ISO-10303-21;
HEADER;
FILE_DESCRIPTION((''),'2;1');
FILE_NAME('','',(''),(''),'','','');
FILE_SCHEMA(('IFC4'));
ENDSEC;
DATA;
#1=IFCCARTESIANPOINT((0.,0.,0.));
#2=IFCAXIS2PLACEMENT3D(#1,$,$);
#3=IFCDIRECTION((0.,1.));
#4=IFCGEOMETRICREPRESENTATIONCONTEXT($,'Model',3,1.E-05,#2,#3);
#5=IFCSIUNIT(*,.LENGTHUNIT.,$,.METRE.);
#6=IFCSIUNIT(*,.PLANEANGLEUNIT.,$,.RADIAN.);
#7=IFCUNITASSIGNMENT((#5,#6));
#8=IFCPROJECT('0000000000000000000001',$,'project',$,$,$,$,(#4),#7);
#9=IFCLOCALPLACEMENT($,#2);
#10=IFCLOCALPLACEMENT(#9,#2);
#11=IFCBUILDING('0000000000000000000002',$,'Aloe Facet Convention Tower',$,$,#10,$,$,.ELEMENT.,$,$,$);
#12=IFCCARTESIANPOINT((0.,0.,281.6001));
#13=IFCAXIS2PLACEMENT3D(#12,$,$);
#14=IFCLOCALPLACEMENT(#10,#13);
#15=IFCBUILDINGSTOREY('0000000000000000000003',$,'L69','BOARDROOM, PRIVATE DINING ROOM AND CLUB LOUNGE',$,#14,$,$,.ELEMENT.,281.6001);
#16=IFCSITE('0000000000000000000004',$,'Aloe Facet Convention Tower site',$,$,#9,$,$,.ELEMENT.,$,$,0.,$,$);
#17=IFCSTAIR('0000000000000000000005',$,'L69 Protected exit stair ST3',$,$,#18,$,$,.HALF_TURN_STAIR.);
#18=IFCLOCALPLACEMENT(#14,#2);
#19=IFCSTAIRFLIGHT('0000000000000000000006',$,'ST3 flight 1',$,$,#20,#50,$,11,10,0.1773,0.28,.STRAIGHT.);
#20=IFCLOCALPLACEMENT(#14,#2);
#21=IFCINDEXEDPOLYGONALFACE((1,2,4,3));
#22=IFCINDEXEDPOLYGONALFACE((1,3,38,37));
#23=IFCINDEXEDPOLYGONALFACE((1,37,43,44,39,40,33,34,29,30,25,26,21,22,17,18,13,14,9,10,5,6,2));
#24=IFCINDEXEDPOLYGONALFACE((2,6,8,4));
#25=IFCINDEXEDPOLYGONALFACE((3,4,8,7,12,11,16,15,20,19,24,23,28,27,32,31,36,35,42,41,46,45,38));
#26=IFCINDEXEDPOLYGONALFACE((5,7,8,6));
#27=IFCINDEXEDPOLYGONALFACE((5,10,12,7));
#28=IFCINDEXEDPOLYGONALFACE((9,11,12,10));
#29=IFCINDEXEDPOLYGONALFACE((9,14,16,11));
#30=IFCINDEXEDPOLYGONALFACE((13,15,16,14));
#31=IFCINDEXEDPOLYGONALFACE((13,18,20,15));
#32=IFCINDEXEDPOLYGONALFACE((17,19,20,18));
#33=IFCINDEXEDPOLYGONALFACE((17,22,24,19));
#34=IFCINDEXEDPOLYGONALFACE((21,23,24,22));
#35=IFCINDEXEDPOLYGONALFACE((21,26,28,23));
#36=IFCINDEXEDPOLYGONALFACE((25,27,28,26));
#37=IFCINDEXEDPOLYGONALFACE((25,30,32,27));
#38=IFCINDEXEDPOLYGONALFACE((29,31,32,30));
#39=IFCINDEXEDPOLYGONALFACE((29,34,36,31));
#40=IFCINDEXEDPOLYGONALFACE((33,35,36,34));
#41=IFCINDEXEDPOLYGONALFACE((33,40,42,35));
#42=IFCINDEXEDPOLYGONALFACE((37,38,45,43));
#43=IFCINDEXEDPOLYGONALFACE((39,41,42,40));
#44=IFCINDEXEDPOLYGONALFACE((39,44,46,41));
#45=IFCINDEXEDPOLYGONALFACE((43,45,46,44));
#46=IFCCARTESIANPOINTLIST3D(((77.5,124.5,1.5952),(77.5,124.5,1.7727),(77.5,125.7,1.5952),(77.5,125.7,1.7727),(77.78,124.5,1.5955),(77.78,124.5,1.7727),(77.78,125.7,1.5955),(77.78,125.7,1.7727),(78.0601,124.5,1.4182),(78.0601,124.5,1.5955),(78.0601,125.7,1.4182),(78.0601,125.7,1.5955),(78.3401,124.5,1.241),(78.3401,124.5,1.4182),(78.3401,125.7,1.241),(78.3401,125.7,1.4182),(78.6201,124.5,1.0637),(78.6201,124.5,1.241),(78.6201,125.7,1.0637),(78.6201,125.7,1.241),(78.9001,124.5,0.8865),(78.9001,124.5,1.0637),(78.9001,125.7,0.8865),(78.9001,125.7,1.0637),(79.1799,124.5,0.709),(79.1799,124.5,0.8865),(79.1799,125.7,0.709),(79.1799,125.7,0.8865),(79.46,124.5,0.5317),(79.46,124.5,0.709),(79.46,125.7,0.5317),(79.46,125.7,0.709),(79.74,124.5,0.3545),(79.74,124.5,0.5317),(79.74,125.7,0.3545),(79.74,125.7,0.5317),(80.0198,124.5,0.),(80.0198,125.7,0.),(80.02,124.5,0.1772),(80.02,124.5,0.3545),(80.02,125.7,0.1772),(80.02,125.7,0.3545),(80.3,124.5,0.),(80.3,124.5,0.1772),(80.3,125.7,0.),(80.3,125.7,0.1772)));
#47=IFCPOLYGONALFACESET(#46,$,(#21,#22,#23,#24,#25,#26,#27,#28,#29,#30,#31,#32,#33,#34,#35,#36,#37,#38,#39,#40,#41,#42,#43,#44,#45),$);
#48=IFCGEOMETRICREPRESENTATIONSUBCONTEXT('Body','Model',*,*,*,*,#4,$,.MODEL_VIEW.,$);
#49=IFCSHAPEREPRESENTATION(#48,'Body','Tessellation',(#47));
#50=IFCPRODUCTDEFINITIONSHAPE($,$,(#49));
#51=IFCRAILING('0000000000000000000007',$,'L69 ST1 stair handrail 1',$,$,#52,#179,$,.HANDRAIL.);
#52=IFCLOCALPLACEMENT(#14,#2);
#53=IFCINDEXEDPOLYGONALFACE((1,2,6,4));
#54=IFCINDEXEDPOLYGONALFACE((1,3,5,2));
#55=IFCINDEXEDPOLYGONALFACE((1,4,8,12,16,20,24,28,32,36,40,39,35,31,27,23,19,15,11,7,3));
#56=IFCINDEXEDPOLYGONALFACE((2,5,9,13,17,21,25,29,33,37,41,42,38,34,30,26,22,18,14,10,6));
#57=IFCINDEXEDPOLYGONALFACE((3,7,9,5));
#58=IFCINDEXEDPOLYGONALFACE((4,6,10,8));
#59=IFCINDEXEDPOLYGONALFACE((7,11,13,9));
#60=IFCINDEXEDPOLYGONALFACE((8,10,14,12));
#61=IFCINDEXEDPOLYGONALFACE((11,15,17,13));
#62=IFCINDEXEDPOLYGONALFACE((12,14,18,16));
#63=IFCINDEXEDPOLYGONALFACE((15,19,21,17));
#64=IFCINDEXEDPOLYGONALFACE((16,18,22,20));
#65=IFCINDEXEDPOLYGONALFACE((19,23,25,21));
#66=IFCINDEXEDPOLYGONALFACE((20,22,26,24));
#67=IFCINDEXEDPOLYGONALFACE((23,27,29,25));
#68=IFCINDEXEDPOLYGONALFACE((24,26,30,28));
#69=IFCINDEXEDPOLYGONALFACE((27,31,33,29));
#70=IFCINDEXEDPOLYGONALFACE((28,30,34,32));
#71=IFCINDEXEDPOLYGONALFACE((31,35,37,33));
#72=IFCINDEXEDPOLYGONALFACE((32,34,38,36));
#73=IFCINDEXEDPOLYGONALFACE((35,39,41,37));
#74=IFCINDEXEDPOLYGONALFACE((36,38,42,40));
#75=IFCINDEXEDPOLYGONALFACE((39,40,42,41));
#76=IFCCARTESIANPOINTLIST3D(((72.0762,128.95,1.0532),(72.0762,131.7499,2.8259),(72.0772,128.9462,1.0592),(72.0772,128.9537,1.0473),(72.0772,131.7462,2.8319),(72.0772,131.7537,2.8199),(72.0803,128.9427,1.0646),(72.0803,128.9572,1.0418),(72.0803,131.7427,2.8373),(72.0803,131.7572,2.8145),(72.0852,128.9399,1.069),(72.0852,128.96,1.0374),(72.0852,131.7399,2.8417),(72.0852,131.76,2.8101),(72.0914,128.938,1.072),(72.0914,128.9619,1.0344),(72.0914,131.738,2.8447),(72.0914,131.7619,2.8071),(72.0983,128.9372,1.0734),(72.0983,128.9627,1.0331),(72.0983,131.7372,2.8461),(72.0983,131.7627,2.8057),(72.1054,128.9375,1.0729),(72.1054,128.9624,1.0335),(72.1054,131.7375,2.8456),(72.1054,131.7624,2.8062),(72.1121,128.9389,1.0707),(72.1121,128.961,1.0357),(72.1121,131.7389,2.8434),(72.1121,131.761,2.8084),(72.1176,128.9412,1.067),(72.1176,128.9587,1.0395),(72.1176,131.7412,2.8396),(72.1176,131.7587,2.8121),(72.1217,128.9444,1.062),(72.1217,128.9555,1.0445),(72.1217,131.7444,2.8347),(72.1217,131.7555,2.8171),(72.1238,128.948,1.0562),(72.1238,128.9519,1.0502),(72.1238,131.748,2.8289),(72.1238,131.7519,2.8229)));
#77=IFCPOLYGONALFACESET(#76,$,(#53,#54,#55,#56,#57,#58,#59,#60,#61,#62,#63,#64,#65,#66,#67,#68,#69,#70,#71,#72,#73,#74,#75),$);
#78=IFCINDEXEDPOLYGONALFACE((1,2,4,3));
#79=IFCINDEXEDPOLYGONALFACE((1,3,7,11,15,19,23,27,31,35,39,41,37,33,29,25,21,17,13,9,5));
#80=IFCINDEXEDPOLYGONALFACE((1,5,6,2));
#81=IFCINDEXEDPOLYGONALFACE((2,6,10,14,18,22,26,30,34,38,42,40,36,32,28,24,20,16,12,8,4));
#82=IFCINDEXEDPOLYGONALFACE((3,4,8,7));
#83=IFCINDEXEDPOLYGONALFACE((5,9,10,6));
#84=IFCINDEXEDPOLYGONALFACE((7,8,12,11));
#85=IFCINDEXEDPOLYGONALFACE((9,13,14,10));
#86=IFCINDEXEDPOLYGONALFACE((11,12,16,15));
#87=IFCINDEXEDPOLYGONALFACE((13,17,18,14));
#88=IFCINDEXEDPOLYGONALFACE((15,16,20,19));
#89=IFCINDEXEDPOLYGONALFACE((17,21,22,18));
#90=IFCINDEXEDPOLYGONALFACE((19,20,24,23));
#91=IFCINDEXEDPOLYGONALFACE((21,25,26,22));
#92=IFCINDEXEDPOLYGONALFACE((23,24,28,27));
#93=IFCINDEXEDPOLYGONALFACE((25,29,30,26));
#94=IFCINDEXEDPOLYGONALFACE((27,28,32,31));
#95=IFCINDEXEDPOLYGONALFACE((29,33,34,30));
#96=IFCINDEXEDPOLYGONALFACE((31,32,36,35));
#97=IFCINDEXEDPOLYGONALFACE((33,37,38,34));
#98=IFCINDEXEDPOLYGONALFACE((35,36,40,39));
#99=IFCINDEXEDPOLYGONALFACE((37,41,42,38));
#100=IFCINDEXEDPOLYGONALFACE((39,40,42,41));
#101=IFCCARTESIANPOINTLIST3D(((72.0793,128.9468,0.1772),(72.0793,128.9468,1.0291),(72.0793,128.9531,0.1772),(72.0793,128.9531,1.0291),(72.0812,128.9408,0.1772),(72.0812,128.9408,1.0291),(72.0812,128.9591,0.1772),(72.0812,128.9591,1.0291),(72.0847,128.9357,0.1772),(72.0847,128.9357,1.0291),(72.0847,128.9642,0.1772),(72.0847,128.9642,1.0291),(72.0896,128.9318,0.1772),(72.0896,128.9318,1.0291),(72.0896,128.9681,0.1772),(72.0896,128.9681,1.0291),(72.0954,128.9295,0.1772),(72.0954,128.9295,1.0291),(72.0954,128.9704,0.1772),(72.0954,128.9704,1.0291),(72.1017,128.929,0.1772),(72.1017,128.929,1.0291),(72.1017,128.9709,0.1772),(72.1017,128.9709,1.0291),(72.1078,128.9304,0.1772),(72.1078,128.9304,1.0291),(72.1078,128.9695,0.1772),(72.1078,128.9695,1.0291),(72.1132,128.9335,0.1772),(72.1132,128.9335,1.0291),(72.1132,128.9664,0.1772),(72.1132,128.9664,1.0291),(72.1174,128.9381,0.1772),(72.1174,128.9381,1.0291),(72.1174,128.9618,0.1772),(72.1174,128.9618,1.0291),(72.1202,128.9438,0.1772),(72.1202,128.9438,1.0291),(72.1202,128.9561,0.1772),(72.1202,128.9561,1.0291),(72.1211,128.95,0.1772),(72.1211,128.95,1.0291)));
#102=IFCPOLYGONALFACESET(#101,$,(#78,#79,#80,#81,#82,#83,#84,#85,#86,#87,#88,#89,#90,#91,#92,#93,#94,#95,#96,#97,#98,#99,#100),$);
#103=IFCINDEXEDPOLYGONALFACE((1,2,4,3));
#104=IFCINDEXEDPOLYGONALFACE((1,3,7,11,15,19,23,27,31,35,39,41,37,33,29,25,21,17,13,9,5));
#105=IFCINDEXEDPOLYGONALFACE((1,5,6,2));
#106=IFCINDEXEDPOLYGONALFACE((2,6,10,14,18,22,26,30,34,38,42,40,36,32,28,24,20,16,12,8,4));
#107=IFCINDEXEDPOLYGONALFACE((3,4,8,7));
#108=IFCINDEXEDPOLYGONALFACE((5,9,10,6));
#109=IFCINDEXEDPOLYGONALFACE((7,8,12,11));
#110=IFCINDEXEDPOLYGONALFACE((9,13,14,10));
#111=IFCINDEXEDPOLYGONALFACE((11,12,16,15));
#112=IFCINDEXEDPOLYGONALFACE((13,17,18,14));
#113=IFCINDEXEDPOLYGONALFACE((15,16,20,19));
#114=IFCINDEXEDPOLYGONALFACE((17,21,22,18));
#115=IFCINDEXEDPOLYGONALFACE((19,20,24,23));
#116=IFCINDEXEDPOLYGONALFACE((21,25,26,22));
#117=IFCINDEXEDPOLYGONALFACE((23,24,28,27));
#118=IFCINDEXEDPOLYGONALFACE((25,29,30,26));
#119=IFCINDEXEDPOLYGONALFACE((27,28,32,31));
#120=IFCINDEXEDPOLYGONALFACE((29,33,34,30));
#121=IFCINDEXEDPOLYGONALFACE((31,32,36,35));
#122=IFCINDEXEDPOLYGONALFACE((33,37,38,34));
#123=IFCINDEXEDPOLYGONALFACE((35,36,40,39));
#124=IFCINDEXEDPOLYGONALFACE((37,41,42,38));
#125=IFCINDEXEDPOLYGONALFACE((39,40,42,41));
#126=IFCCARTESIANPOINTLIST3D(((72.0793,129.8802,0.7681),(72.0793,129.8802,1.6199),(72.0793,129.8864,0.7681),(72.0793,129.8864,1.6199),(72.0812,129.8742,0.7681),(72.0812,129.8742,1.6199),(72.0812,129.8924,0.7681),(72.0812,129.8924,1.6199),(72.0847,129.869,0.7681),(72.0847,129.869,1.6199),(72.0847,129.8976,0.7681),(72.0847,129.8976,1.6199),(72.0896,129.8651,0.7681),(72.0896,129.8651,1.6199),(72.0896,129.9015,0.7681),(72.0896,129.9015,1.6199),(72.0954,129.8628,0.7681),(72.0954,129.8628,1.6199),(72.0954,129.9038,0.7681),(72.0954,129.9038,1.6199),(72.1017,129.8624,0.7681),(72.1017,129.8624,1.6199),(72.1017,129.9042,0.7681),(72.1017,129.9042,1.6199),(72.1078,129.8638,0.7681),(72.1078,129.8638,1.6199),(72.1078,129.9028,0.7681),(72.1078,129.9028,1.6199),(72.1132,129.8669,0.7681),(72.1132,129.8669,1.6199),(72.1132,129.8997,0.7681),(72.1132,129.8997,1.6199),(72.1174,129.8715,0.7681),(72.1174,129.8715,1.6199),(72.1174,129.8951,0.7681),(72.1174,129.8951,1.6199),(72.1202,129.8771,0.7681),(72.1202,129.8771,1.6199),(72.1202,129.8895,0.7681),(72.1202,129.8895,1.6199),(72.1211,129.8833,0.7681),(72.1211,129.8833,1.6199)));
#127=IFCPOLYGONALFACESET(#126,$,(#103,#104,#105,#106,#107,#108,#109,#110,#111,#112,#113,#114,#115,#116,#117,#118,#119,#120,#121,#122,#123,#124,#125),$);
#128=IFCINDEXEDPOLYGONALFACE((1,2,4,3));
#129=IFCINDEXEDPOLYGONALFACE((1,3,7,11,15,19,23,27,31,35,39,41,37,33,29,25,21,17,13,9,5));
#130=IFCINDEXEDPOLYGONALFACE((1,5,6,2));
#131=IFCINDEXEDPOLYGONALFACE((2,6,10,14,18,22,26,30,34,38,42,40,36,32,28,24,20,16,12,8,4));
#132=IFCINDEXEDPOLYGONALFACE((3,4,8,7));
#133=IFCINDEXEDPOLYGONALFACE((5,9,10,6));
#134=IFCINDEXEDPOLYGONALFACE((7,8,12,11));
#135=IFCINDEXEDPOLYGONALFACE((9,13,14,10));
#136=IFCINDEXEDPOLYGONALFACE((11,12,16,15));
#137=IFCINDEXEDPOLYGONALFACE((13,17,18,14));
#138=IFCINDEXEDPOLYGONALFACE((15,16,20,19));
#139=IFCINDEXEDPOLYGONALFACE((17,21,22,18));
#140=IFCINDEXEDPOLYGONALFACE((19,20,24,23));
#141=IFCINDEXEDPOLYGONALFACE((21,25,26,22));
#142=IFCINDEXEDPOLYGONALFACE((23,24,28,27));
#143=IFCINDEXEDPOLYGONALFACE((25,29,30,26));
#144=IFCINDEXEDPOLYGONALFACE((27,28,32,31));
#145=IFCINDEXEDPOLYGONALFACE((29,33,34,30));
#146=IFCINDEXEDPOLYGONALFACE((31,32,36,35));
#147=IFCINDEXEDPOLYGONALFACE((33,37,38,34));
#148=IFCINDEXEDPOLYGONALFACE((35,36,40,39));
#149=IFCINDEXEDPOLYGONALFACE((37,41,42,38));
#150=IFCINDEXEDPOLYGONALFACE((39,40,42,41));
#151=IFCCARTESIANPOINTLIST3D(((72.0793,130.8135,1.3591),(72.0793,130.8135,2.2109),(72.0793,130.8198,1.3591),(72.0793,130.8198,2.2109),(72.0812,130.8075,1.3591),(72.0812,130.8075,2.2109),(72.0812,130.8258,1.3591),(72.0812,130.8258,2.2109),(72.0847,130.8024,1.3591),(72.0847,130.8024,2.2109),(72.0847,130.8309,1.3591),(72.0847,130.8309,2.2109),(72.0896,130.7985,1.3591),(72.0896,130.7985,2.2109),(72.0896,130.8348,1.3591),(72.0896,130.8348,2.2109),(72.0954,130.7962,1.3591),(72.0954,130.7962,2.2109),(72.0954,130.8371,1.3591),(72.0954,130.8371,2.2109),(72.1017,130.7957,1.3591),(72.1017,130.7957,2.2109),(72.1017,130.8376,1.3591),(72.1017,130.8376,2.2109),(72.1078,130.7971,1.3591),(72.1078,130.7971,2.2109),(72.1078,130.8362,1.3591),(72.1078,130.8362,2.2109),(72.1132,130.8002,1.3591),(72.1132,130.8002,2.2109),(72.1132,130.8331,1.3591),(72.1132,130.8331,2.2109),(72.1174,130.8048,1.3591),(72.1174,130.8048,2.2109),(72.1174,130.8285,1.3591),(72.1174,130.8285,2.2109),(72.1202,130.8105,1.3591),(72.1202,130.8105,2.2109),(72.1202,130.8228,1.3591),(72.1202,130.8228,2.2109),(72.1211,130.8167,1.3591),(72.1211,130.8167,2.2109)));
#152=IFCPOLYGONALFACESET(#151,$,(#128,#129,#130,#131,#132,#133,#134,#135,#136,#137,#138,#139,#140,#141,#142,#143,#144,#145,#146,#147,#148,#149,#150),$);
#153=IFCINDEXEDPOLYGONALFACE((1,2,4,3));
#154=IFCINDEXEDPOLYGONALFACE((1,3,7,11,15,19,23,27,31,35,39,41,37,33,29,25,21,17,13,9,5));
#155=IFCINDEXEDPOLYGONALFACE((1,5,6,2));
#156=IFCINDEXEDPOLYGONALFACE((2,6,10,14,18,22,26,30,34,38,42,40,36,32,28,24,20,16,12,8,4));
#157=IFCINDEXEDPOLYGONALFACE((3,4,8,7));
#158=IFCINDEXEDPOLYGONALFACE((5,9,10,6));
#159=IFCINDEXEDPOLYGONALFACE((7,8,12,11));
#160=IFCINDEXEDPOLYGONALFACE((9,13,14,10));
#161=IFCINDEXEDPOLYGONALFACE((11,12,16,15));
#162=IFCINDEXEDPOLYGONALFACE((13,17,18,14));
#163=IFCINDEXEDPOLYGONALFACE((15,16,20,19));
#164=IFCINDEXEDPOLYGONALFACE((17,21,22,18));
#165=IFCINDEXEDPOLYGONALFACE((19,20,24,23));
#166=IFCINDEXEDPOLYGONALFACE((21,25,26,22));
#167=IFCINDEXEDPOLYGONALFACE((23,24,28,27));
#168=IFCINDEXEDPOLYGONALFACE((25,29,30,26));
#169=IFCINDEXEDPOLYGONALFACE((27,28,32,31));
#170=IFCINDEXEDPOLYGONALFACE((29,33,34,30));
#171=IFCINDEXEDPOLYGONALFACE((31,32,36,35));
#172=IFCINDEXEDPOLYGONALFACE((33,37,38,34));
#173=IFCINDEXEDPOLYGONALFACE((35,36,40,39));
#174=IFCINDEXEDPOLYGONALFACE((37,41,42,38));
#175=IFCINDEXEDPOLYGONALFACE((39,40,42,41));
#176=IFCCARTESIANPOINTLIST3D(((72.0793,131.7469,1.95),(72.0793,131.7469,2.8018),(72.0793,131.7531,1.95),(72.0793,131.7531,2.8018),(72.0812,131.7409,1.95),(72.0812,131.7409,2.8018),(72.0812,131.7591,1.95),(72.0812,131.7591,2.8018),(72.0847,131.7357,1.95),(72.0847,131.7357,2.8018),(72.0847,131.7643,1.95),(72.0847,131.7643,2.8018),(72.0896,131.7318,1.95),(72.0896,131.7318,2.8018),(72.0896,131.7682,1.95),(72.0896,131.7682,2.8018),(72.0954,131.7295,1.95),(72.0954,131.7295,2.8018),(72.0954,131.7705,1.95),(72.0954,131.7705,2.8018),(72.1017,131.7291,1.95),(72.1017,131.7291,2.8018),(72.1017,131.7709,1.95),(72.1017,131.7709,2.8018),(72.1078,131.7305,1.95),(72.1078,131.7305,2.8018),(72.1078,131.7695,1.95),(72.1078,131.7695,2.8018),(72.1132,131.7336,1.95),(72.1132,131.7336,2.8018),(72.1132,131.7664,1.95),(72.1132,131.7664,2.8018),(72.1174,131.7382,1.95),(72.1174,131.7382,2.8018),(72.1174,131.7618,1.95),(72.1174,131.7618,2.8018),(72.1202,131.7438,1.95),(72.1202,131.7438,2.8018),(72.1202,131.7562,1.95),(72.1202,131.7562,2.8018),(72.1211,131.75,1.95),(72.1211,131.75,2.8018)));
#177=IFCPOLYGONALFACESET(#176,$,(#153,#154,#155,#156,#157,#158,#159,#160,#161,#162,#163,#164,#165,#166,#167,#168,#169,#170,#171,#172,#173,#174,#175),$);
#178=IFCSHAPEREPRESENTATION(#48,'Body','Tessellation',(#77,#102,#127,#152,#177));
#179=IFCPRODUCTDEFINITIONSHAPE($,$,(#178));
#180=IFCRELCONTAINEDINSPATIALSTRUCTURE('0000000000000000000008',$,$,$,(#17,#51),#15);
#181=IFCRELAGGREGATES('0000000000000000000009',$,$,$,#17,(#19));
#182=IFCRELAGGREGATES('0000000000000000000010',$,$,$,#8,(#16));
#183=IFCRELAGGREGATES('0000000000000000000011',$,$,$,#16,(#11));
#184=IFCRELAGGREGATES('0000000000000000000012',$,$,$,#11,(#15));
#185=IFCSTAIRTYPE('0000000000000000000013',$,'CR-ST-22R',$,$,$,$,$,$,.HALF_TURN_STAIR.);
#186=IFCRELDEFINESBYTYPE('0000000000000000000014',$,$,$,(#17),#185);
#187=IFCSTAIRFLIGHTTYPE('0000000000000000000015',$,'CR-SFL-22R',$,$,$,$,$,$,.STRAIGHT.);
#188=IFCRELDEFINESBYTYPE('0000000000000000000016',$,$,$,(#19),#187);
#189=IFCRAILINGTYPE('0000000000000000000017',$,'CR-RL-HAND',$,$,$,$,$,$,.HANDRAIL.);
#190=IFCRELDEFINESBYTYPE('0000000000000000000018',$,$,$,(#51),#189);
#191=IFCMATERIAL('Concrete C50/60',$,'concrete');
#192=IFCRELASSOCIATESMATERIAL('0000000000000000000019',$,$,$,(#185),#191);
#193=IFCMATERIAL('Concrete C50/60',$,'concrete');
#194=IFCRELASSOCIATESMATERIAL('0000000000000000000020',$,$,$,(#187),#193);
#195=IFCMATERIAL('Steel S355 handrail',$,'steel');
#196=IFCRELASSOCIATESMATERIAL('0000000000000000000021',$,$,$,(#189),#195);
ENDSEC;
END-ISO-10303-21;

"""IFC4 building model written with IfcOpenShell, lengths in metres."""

from ifc_helpers import new_model, si_unit, direction, frame, origin, origin_2d, place, context, subcontext, project, spatial, polyline, circle, outline, extrude, material, type_object, element, aggregate, save


model = new_model("IFC4")

# Units and contexts
model_context = context("Model", 3, precision=1e-05, world=origin(), true_north=direction((0.0, 1.0)))
body_context = subcontext(model_context, "Body", "Model", "MODEL_VIEW")
ifc_project = project(units=[si_unit("LENGTHUNIT", "METRE"), si_unit("PLANEANGLEUNIT", "RADIAN")], contexts=[model_context])

# Site, building, storey
site_placement = place(None, origin())
site = spatial("IfcSite", under=ifc_project, at=site_placement, Name="Aloe Facet Convention Tower site", CompositionType="ELEMENT", RefElevation=0.0)
building_placement = place(site_placement, origin())
building = spatial("IfcBuilding", under=site, at=building_placement, Name="Aloe Facet Convention Tower", CompositionType="ELEMENT")
storey_placement = place(building_placement, frame((0.0, 0.0, 281.6001)))
storey = spatial("IfcBuildingStorey", under=building, at=storey_placement, Name="L69", Description="BOARDROOM, PRIVATE DINING ROOM AND CLUB LOUNGE", CompositionType="ELEMENT", Elevation=281.6001)

# Stair, stair flight
ifc_material_1 = material(Name="Concrete C50/60", Category="concrete")
stair_type = type_object("IfcStairType", Name="CR-ST-22R", PredefinedType="HALF_TURN_STAIR", material=ifc_material_1)
ifc_material_2 = material(Name="Concrete C50/60", Category="concrete")
stair_flight_type = type_object("IfcStairFlightType", Name="CR-SFL-22R", PredefinedType="STRAIGHT", material=ifc_material_2)
stair_1_placement = place(storey_placement, origin())
stair_1 = element("IfcStair", 1, at=stair_1_placement, inside=storey, type_object=stair_type, Name="L69 Protected exit stair ST3", PredefinedType="HALF_TURN_STAIR")
stair_flight_1_placement = place(storey_placement, frame((80.3, 125.1001, 0.0), z_axis=(0.0, 0.0, 1.0), x_axis=(-1.0, 0.0, 0.0)))
stair_flight_1 = element("IfcStairFlight", 2, at=stair_flight_1_placement, type_object=stair_flight_type, Name="ST3 flight 1", NumberOfRisers=11, NumberOfTreads=10, PredefinedType="STRAIGHT", RiserHeight=0.1773, TreadLength=0.28, context=body_context, shape_type="SweptSolid", body=[
    extrude(outline(polyline([(0.0, 0.0), (0.0, 0.1772), (0.28, 0.1772), (0.28, 0.3545), (0.5601, 0.3545), (0.5601, 0.5317), (0.8401, 0.5317), (0.8401, 0.709), (1.1201, 0.709), (1.1201, 0.8865), (1.3999, 0.8865), (1.3999, 1.0637), (1.6799, 1.0637), (1.6799, 1.241), (1.96, 1.241), (1.96, 1.4182), (2.24, 1.4182), (2.24, 1.5955), (2.52, 1.5955), (2.52, 1.7727), (2.8, 1.7727), (2.8, 1.95), (2.8, 1.5952), (0.2803, 0.0), (0.0, 0.0)])), frame((0.0, 0.6001, 0.0), z_axis=(0.0, -1.0, 0.0), x_axis=(1.0, 0.0, 0.0)), (0.0, 0.0, 1.0), 1.2),
])
aggregate(stair_1, [stair_flight_1])

# Railing
ifc_material_3 = material(Name="Steel S355 handrail", Category="steel")
railing_type = type_object("IfcRailingType", Name="CR-RL-HAND", PredefinedType="HANDRAIL", material=ifc_material_3)
railing_placement = place(storey_placement, frame((72.1001, 128.95, 0.1772)))
element("IfcRailing", 3, at=railing_placement, inside=storey, type_object=railing_type, Name="L69 ST1 stair handrail 1", PredefinedType="HANDRAIL", context=body_context, shape_type="SweptSolid", body=[
    extrude(circle(Radius=0.0239, at=origin_2d()), frame((0.0, 0.0, 0.876), z_axis=(0.0, 0.844909, 0.53491), x_axis=(-1.0, 0.0, 0.0)), (0.0, 0.0, 1.0), 3.314),
    extrude(circle(Radius=0.021, at=origin_2d()), origin(), (0.0, 0.0, 1.0), 0.8518),
    extrude(circle(Radius=0.021, at=origin_2d()), frame((0.0, 0.9333, 0.5908)), (0.0, 0.0, 1.0), 0.8518),
    extrude(circle(Radius=0.021, at=origin_2d()), frame((0.0, 1.8667, 1.1819)), (0.0, 0.0, 1.0), 0.8518),
    extrude(circle(Radius=0.021, at=origin_2d()), frame((0.0, 2.8, 1.7727)), (0.0, 0.0, 1.0), 0.8518),
])

save(model, "model.ifc")
